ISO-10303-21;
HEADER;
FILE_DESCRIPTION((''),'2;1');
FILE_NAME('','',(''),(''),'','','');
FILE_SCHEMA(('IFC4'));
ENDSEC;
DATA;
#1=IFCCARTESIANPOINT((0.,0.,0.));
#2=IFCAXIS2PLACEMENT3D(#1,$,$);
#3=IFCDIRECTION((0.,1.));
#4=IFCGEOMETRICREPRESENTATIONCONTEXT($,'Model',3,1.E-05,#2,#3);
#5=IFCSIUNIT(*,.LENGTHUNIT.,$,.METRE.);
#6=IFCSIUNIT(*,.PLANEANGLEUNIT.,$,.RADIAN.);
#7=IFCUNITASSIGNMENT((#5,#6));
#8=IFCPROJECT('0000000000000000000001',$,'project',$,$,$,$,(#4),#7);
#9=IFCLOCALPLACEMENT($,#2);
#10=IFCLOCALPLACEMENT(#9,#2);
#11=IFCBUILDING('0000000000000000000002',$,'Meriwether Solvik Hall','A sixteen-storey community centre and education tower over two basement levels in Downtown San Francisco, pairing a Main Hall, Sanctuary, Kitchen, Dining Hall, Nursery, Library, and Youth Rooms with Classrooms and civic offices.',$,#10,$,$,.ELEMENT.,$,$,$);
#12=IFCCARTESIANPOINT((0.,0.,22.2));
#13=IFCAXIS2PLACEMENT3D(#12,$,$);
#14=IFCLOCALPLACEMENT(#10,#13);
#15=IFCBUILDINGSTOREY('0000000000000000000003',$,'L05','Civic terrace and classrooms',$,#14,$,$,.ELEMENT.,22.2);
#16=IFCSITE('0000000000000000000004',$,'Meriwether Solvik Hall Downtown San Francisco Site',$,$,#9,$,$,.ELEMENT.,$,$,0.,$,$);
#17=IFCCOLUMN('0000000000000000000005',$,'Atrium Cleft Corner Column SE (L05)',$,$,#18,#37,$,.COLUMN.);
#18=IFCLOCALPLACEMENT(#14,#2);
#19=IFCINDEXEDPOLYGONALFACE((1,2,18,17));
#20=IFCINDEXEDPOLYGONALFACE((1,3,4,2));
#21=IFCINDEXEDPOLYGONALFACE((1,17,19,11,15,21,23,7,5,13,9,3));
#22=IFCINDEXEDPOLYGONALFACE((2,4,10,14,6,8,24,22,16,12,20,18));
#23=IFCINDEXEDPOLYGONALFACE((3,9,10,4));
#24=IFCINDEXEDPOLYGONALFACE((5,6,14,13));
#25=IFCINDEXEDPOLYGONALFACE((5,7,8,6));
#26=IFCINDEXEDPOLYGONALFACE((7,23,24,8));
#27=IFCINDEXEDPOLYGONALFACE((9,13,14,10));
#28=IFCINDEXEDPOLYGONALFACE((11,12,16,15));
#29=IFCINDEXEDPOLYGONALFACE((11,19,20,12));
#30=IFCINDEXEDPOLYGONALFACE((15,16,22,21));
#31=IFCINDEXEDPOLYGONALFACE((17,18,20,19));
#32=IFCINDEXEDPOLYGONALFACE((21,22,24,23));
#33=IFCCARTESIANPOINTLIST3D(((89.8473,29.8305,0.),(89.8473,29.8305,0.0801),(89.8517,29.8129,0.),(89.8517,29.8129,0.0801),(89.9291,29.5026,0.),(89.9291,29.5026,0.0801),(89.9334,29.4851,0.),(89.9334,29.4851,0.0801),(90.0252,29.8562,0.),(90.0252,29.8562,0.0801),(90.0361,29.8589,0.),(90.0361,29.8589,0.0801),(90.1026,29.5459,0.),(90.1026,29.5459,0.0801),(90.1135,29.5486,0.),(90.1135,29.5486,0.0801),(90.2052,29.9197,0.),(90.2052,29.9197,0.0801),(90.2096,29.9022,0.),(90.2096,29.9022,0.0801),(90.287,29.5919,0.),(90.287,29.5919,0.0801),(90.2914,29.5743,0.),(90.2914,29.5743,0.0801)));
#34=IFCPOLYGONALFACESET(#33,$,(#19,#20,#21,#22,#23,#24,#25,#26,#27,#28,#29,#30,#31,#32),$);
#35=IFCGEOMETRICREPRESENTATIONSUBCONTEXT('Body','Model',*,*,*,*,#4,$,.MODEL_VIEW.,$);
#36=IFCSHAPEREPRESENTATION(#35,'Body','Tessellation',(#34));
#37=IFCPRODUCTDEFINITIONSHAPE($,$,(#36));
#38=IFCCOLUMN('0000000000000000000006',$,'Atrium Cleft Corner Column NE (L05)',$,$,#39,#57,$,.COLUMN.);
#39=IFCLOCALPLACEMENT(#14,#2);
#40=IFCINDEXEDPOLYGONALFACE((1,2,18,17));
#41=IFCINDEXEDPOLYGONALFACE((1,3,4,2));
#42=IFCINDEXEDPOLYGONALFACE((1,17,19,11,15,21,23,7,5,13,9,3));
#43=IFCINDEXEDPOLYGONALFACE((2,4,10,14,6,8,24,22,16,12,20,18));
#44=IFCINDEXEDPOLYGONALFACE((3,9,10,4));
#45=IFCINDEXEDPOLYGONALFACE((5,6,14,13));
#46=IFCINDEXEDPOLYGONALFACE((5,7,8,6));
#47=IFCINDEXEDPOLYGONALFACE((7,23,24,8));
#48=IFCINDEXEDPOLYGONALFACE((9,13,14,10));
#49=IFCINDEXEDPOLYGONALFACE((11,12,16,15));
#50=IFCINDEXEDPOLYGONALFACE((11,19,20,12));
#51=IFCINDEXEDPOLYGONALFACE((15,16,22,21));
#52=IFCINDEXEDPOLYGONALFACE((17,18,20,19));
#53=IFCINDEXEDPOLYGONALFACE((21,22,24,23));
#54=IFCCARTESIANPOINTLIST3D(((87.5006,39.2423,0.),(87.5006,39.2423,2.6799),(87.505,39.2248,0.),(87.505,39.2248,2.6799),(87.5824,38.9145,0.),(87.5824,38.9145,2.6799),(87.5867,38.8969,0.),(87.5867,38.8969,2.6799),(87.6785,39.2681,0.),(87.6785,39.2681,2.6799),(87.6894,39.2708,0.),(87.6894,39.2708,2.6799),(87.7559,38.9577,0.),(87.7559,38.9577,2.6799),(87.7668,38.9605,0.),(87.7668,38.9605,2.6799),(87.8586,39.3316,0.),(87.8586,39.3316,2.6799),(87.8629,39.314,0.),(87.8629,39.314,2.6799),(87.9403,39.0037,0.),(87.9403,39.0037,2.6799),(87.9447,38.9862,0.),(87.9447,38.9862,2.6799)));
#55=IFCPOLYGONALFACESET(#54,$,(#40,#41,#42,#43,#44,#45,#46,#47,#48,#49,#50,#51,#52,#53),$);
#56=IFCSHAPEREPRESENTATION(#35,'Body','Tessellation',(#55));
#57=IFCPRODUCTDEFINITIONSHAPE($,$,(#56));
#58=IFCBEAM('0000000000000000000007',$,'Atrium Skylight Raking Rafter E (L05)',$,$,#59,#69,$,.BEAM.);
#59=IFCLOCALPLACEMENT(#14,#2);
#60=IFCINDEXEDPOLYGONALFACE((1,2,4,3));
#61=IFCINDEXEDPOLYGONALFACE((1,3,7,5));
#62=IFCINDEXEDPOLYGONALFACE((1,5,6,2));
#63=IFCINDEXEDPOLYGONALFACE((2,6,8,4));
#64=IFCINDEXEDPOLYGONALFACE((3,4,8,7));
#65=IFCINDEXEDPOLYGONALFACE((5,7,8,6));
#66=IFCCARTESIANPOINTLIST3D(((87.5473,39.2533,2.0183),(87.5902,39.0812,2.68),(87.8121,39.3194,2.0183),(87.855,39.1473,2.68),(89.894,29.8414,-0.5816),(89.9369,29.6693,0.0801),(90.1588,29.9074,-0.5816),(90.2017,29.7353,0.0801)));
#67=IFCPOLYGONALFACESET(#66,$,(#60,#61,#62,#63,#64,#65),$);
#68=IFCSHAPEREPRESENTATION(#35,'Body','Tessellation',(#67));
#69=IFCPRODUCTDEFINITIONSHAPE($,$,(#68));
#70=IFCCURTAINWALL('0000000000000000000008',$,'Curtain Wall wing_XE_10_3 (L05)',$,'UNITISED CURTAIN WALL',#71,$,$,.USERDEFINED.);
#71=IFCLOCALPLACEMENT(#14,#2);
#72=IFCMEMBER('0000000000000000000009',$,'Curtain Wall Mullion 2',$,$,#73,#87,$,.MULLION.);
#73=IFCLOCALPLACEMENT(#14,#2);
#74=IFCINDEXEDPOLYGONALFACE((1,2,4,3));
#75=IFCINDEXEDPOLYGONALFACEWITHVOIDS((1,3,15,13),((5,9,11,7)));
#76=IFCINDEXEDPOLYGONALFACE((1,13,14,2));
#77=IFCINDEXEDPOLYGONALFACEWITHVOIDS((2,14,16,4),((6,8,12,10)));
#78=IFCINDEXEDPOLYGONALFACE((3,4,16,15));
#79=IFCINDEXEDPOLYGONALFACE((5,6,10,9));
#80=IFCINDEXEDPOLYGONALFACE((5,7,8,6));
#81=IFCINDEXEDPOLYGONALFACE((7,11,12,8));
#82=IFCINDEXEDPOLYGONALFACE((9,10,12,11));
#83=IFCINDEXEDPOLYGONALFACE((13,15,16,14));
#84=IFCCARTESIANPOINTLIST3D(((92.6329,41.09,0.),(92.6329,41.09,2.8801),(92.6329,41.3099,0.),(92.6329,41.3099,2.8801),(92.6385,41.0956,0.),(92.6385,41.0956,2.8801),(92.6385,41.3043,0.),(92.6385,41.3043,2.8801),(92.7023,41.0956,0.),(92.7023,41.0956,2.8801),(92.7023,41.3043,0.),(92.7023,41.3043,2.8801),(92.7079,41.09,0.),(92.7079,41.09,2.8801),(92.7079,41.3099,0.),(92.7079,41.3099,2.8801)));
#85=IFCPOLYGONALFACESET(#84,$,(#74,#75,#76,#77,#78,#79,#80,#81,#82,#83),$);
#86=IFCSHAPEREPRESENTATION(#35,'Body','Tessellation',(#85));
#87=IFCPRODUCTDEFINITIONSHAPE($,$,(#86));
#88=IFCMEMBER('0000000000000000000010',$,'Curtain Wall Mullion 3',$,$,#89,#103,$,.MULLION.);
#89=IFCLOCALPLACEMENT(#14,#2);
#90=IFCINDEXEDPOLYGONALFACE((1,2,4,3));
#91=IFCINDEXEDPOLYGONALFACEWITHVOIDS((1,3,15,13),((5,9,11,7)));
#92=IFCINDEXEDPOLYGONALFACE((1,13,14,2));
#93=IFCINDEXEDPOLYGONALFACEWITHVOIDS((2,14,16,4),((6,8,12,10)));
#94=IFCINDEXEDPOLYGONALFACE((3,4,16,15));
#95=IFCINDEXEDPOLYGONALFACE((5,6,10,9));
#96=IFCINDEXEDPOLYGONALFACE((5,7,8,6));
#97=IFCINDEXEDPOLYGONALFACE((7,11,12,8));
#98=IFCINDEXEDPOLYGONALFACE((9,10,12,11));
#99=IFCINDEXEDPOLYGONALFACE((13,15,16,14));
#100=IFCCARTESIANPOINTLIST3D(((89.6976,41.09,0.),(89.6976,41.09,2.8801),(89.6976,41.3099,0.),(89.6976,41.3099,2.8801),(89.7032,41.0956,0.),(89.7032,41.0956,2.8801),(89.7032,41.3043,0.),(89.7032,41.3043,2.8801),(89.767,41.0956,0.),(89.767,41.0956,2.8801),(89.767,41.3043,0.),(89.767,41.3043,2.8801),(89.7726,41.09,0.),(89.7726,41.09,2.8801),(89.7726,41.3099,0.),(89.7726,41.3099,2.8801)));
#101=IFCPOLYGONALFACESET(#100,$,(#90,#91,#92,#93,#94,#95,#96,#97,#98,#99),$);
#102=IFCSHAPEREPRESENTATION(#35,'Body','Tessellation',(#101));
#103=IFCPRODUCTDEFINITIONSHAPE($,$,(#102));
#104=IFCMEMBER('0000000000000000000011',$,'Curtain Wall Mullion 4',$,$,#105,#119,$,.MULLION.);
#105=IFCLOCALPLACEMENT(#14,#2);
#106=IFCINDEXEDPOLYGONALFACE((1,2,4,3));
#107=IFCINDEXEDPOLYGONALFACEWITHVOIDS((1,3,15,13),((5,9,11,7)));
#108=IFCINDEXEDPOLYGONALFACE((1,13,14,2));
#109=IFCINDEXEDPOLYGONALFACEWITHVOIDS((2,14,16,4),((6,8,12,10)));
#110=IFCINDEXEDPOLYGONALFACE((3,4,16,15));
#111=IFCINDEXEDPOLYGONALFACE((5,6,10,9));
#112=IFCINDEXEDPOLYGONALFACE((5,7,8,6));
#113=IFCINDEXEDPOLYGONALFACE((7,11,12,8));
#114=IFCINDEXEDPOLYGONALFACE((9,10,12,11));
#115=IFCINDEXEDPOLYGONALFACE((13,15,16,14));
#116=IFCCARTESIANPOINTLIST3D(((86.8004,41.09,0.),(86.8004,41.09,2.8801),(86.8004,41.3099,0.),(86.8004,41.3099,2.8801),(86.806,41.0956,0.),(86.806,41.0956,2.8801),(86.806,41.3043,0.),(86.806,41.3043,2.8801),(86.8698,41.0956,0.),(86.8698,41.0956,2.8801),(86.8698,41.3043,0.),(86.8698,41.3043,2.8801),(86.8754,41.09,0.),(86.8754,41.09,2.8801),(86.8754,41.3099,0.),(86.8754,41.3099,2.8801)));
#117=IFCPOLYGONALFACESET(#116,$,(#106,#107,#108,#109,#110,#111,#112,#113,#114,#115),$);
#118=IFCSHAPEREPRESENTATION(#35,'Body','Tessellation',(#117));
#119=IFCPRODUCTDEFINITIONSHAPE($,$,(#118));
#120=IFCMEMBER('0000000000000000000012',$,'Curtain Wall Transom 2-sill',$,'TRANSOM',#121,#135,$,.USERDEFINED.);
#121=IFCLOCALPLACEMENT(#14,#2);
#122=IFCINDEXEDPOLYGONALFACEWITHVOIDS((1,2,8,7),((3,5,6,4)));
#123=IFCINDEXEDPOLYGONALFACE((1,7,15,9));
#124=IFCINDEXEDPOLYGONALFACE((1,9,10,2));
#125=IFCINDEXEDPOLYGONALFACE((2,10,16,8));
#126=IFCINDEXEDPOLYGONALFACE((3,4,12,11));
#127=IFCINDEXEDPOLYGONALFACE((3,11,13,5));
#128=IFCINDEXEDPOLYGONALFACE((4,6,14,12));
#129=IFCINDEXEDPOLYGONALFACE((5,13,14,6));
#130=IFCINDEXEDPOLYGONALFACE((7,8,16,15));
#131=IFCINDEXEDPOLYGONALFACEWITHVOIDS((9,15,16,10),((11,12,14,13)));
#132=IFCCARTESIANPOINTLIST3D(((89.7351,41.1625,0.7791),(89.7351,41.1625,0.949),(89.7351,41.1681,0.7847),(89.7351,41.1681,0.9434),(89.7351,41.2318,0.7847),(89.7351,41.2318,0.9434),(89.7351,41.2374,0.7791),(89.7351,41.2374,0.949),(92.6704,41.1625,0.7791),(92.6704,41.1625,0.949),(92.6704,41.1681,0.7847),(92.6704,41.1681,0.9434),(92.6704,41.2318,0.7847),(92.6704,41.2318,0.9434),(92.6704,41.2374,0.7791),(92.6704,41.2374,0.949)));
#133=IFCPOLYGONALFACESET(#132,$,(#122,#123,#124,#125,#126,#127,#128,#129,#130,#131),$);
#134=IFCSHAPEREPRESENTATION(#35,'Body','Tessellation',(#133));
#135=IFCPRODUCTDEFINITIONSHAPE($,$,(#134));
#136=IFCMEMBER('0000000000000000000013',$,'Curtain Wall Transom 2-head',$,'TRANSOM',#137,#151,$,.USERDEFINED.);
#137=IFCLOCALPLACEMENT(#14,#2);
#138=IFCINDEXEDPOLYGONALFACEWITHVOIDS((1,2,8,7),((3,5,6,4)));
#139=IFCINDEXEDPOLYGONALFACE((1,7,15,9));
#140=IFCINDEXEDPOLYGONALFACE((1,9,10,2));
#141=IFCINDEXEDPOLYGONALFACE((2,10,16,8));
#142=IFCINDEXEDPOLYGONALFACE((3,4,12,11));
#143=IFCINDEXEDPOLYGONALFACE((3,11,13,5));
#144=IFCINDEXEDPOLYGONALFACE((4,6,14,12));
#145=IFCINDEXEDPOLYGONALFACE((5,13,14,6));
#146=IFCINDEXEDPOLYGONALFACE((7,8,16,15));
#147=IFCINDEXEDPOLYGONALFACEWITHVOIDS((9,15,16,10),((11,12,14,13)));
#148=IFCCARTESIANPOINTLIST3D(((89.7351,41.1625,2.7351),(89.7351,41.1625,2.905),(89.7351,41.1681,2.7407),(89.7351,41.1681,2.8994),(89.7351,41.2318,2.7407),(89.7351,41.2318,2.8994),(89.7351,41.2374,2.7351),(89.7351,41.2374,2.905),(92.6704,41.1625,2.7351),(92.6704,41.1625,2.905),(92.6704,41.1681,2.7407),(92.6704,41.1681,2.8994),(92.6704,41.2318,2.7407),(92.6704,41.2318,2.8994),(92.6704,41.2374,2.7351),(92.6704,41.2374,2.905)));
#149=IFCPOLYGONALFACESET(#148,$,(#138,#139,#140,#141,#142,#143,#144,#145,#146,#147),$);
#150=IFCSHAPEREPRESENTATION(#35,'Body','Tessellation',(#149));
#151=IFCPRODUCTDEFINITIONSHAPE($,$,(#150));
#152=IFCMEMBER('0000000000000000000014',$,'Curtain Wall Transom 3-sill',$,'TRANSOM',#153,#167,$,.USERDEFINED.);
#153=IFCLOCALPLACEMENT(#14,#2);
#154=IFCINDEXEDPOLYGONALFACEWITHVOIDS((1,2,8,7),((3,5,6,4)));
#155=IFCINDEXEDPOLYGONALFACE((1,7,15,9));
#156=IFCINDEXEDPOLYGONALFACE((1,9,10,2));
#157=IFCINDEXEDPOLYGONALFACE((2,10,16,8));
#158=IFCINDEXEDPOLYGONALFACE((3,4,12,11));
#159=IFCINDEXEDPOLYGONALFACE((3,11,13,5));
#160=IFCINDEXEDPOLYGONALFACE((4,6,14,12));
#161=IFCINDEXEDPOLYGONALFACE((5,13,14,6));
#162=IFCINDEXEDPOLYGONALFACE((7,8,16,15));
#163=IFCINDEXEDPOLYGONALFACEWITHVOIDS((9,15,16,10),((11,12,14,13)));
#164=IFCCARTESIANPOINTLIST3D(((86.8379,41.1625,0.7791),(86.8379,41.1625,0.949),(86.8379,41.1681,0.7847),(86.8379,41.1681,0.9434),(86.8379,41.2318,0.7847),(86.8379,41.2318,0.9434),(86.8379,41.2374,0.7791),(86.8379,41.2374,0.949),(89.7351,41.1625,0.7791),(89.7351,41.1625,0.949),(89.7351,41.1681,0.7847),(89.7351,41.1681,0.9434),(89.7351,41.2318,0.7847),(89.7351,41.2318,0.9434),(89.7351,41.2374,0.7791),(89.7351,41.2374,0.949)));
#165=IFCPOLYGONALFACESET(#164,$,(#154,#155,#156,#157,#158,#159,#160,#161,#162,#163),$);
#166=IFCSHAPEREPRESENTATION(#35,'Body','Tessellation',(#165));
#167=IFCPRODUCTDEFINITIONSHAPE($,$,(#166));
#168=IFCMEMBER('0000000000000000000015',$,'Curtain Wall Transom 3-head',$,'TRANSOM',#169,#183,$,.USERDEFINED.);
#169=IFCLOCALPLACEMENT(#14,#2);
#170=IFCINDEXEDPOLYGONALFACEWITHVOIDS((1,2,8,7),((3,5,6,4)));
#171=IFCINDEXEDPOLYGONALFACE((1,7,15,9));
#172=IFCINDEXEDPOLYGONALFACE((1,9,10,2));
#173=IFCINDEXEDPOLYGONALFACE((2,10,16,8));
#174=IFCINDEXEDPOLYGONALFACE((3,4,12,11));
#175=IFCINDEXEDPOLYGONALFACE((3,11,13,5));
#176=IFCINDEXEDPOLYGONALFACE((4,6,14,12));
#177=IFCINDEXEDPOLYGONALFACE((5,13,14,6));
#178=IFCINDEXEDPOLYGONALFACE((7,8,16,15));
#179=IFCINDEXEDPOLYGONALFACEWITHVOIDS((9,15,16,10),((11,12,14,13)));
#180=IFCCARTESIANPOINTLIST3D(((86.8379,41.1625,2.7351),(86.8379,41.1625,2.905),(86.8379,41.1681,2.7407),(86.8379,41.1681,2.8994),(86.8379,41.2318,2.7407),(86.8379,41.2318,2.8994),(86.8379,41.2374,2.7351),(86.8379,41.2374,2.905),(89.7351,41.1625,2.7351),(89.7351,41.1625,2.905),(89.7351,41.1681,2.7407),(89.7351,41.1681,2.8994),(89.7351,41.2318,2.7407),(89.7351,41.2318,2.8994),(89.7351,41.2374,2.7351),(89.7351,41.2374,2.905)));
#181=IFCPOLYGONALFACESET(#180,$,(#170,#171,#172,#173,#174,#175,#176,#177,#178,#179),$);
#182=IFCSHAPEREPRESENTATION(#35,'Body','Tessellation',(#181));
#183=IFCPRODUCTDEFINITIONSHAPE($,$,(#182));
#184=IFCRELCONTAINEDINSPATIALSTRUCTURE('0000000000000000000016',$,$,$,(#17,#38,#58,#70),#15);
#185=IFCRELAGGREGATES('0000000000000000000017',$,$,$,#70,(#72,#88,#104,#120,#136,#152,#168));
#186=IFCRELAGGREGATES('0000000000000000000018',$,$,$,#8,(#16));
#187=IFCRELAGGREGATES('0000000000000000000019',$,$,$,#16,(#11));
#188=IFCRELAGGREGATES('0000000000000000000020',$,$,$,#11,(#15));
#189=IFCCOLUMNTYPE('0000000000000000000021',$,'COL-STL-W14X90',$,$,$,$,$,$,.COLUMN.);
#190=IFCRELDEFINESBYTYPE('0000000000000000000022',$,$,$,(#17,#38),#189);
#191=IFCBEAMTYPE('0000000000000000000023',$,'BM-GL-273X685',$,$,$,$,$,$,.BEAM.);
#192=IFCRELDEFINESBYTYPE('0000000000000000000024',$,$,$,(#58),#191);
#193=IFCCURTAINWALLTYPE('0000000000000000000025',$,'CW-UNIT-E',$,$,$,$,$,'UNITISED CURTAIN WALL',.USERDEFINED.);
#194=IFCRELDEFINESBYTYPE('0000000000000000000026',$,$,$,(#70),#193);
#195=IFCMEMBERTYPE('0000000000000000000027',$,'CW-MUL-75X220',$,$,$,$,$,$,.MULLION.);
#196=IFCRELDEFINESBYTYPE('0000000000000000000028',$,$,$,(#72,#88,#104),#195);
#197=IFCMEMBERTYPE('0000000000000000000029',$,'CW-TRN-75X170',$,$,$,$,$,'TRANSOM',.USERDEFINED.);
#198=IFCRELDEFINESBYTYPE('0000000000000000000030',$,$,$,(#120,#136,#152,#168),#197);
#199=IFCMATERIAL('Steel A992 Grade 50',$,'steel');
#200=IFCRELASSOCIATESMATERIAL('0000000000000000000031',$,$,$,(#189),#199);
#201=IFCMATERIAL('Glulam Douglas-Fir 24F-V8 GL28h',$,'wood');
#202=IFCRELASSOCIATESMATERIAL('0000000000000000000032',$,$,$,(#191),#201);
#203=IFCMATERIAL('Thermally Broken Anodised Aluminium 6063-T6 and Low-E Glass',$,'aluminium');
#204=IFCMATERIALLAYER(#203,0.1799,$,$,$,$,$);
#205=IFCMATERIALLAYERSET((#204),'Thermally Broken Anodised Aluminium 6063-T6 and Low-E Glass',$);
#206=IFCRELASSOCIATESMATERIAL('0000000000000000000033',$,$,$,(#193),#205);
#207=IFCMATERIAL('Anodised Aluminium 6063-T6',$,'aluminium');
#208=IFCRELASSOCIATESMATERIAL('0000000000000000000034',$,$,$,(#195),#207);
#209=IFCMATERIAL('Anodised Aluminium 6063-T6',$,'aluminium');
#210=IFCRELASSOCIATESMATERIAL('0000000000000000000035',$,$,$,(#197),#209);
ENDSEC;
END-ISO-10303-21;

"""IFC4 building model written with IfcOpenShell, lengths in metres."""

from ifc_helpers import new_model, si_unit, direction, frame, origin, origin_2d, place, context, subcontext, project, spatial, rectangle, hollow_rectangle, i_section, extrude, material, layer, layer_set, material_profile, profile_set, type_object, element, aggregate, save


model = new_model("IFC4")

# Units and contexts
model_context = context("Model", 3, precision=1e-05, world=origin(), true_north=direction((0.0, 1.0)))
body_context = subcontext(model_context, "Body", "Model", "MODEL_VIEW")
ifc_project = project(units=[si_unit("LENGTHUNIT", "METRE"), si_unit("PLANEANGLEUNIT", "RADIAN")], contexts=[model_context])

# Site, building, storey
site_placement = place(None, origin())
site = spatial("IfcSite", under=ifc_project, at=site_placement, Name="Meriwether Solvik Hall Downtown San Francisco Site", CompositionType="ELEMENT", RefElevation=0.0)
building_placement = place(site_placement, origin())
building = spatial("IfcBuilding", under=site, at=building_placement, Name="Meriwether Solvik Hall", Description="A sixteen-storey community centre and education tower over two basement levels in Downtown San Francisco, pairing a Main Hall, Sanctuary, Kitchen, Dining Hall, Nursery, Library, and Youth Rooms with Classrooms and civic offices.", CompositionType="ELEMENT")
storey_placement = place(building_placement, frame((0.0, 0.0, 22.2)))
storey = spatial("IfcBuildingStorey", under=building, at=storey_placement, Name="L05", Description="Civic terrace and classrooms", CompositionType="ELEMENT", Elevation=22.2)

# Columns
ifc_material_1 = material(Name="Steel A992 Grade 50", Category="steel")
ifc_material_profile_1 = material_profile(ifc_material_1, i_section(OverallWidth=0.3689, OverallDepth=0.356, WebThickness=0.0112, FlangeThickness=0.0181, at=origin_2d()), Name="W14X90")
ifc_profile_set_1 = profile_set([ifc_material_profile_1], Name="Steel A992 Grade 50")
column_type = type_object("IfcColumnType", Name="COL-STL-W14X90", PredefinedType="COLUMN", material=ifc_profile_set_1)
column_1_placement = place(storey_placement, frame((90.0693, 29.7024, 0.0), z_axis=(0.0, 0.0, 1.0), x_axis=(0.970296, 0.241922, 0.0)))
element("IfcColumn", 1, at=column_1_placement, inside=storey, type_object=column_type, Name="Atrium Cleft Corner Column SE (L05)", PredefinedType="COLUMN", context=body_context, shape_type="SweptSolid", body=[
    extrude(i_section(OverallWidth=0.3689, OverallDepth=0.356, WebThickness=0.0112, FlangeThickness=0.0181, at=origin_2d()), origin(), (0.0, 0.0, 1.0), 0.0801),
])
column_2_placement = place(storey_placement, frame((87.7227, 39.1143, 0.0), z_axis=(0.0, 0.0, 1.0), x_axis=(0.970296, 0.241922, 0.0)))
element("IfcColumn", 2, at=column_2_placement, inside=storey, type_object=column_type, Name="Atrium Cleft Corner Column NE (L05)", PredefinedType="COLUMN", context=body_context, shape_type="SweptSolid", body=[
    extrude(i_section(OverallWidth=0.3689, OverallDepth=0.356, WebThickness=0.0112, FlangeThickness=0.0181, at=origin_2d()), origin(), (0.0, 0.0, 1.0), 2.6799),
])

# Beam
ifc_material_2 = material(Name="Glulam Douglas-Fir 24F-V8 GL28h", Category="wood")
ifc_material_profile_2 = material_profile(ifc_material_2, rectangle(XDim=0.2729, YDim=0.6851, at=origin_2d()), Name="GLB-273X685")
ifc_profile_set_2 = profile_set([ifc_material_profile_2], Name="Glulam Douglas-Fir 24F-V8 GL28h")
beam_type = type_object("IfcBeamType", Name="BM-GL-273X685", PredefinedType="BEAM", material=ifc_profile_set_2)
beam_placement = place(storey_placement, frame((90.0479, 29.7883, -0.2507), z_axis=(-0.233678, 0.937215, 0.258888), x_axis=(-0.970295, -0.241926, 0.0)))
element("IfcBeam", 3, at=beam_placement, inside=storey, type_object=beam_type, Name="Atrium Skylight Raking Rafter E (L05)", PredefinedType="BEAM", context=body_context, shape_type="SweptSolid", body=[
    extrude(rectangle(XDim=0.2729, YDim=0.6851, at=origin_2d()), origin(), (0.0, 0.0, 1.0), 10.0425),
])

# Curtain wall, members
ifc_material_3 = material(Name="Thermally Broken Anodised Aluminium 6063-T6 and Low-E Glass", Category="aluminium")
ifc_layer_1 = layer(ifc_material_3, 0.1799)
ifc_layer_set_1 = layer_set([ifc_layer_1], Name="Thermally Broken Anodised Aluminium 6063-T6 and Low-E Glass")
curtain_wall_type = type_object("IfcCurtainWallType", Name="CW-UNIT-E", ElementType="UNITISED CURTAIN WALL", PredefinedType="USERDEFINED", material=ifc_layer_set_1)
curtain_wall_placement = place(storey_placement, origin())
curtain_wall = element("IfcCurtainWall", 4, at=curtain_wall_placement, inside=storey, type_object=curtain_wall_type, Name="Curtain Wall wing_XE_10_3 (L05)", ObjectType="UNITISED CURTAIN WALL", PredefinedType="USERDEFINED")
ifc_material_4 = material(Name="Anodised Aluminium 6063-T6", Category="aluminium")
ifc_material_profile_3 = material_profile(ifc_material_4, hollow_rectangle(XDim=0.075, YDim=0.22, WallThickness=0.0056, at=origin_2d()), Name="CWM-75X220")
ifc_profile_set_3 = profile_set([ifc_material_profile_3], Name="Anodised Aluminium 6063-T6")
member_type_1 = type_object("IfcMemberType", Name="CW-MUL-75X220", PredefinedType="MULLION", material=ifc_profile_set_3)
member_1_placement = place(storey_placement, frame((92.6704, 41.2, 0.0), z_axis=(0.0, 0.0, 1.0), x_axis=(-1.0, 0.0, 0.0)))
member_1 = element("IfcMember", 5, at=member_1_placement, type_object=member_type_1, Name="Curtain Wall Mullion 2", PredefinedType="MULLION", context=body_context, shape_type="SweptSolid", body=[
    extrude(hollow_rectangle(XDim=0.075, YDim=0.22, WallThickness=0.0056, at=origin_2d()), origin(), (0.0, 0.0, 1.0), 2.8801),
])
member_2_placement = place(storey_placement, frame((89.7351, 41.2, 0.0), z_axis=(0.0, 0.0, 1.0), x_axis=(-1.0, 0.0, 0.0)))
member_2 = element("IfcMember", 6, at=member_2_placement, type_object=member_type_1, Name="Curtain Wall Mullion 3", PredefinedType="MULLION", context=body_context, shape_type="SweptSolid", body=[
    extrude(hollow_rectangle(XDim=0.075, YDim=0.22, WallThickness=0.0056, at=origin_2d()), origin(), (0.0, 0.0, 1.0), 2.8801),
])
member_3_placement = place(storey_placement, frame((86.8379, 41.2, 0.0), z_axis=(0.0, 0.0, 1.0), x_axis=(-1.0, 0.0, 0.0)))
member_3 = element("IfcMember", 7, at=member_3_placement, type_object=member_type_1, Name="Curtain Wall Mullion 4", PredefinedType="MULLION", context=body_context, shape_type="SweptSolid", body=[
    extrude(hollow_rectangle(XDim=0.075, YDim=0.22, WallThickness=0.0056, at=origin_2d()), origin(), (0.0, 0.0, 1.0), 2.8801),
])
ifc_material_5 = material(Name="Anodised Aluminium 6063-T6", Category="aluminium")
ifc_material_profile_4 = material_profile(ifc_material_5, hollow_rectangle(XDim=0.075, YDim=0.1699, WallThickness=0.0056, at=origin_2d()), Name="CWT-75X170")
ifc_profile_set_4 = profile_set([ifc_material_profile_4], Name="Anodised Aluminium 6063-T6")
member_type_2 = type_object("IfcMemberType", Name="CW-TRN-75X170", ElementType="TRANSOM", PredefinedType="USERDEFINED", material=ifc_profile_set_4)
member_4_placement = place(storey_placement, frame((92.6704, 41.2, 0.864), z_axis=(-1.0, 0.0, 0.0), x_axis=(0.0, -1.0, 0.0)))
member_4 = element("IfcMember", 8, at=member_4_placement, type_object=member_type_2, Name="Curtain Wall Transom 2-sill", ObjectType="TRANSOM", PredefinedType="USERDEFINED", context=body_context, shape_type="SweptSolid", body=[
    extrude(hollow_rectangle(XDim=0.075, YDim=0.1699, WallThickness=0.0056, at=origin_2d()), origin(), (0.0, 0.0, 1.0), 2.9353),
])
member_5_placement = place(storey_placement, frame((92.6704, 41.2, 2.8201), z_axis=(-1.0, 0.0, 0.0), x_axis=(0.0, -1.0, 0.0)))
member_5 = element("IfcMember", 9, at=member_5_placement, type_object=member_type_2, Name="Curtain Wall Transom 2-head", ObjectType="TRANSOM", PredefinedType="USERDEFINED", context=body_context, shape_type="SweptSolid", body=[
    extrude(hollow_rectangle(XDim=0.075, YDim=0.1699, WallThickness=0.0056, at=origin_2d()), origin(), (0.0, 0.0, 1.0), 2.9353),
])
member_6_placement = place(storey_placement, frame((89.7351, 41.2, 0.864), z_axis=(-1.0, 0.0, 0.0), x_axis=(0.0, -1.0, 0.0)))
member_6 = element("IfcMember", 10, at=member_6_placement, type_object=member_type_2, Name="Curtain Wall Transom 3-sill", ObjectType="TRANSOM", PredefinedType="USERDEFINED", context=body_context, shape_type="SweptSolid", body=[
    extrude(hollow_rectangle(XDim=0.075, YDim=0.1699, WallThickness=0.0056, at=origin_2d()), origin(), (0.0, 0.0, 1.0), 2.8972),
])
member_7_placement = place(storey_placement, frame((89.7351, 41.2, 2.8201), z_axis=(-1.0, 0.0, 0.0), x_axis=(0.0, -1.0, 0.0)))
member_7 = element("IfcMember", 11, at=member_7_placement, type_object=member_type_2, Name="Curtain Wall Transom 3-head", ObjectType="TRANSOM", PredefinedType="USERDEFINED", context=body_context, shape_type="SweptSolid", body=[
    extrude(hollow_rectangle(XDim=0.075, YDim=0.1699, WallThickness=0.0056, at=origin_2d()), origin(), (0.0, 0.0, 1.0), 2.8972),
])
aggregate(curtain_wall, [member_1, member_2, member_3, member_4, member_5, member_6, member_7])

save(model, "model.ifc")
